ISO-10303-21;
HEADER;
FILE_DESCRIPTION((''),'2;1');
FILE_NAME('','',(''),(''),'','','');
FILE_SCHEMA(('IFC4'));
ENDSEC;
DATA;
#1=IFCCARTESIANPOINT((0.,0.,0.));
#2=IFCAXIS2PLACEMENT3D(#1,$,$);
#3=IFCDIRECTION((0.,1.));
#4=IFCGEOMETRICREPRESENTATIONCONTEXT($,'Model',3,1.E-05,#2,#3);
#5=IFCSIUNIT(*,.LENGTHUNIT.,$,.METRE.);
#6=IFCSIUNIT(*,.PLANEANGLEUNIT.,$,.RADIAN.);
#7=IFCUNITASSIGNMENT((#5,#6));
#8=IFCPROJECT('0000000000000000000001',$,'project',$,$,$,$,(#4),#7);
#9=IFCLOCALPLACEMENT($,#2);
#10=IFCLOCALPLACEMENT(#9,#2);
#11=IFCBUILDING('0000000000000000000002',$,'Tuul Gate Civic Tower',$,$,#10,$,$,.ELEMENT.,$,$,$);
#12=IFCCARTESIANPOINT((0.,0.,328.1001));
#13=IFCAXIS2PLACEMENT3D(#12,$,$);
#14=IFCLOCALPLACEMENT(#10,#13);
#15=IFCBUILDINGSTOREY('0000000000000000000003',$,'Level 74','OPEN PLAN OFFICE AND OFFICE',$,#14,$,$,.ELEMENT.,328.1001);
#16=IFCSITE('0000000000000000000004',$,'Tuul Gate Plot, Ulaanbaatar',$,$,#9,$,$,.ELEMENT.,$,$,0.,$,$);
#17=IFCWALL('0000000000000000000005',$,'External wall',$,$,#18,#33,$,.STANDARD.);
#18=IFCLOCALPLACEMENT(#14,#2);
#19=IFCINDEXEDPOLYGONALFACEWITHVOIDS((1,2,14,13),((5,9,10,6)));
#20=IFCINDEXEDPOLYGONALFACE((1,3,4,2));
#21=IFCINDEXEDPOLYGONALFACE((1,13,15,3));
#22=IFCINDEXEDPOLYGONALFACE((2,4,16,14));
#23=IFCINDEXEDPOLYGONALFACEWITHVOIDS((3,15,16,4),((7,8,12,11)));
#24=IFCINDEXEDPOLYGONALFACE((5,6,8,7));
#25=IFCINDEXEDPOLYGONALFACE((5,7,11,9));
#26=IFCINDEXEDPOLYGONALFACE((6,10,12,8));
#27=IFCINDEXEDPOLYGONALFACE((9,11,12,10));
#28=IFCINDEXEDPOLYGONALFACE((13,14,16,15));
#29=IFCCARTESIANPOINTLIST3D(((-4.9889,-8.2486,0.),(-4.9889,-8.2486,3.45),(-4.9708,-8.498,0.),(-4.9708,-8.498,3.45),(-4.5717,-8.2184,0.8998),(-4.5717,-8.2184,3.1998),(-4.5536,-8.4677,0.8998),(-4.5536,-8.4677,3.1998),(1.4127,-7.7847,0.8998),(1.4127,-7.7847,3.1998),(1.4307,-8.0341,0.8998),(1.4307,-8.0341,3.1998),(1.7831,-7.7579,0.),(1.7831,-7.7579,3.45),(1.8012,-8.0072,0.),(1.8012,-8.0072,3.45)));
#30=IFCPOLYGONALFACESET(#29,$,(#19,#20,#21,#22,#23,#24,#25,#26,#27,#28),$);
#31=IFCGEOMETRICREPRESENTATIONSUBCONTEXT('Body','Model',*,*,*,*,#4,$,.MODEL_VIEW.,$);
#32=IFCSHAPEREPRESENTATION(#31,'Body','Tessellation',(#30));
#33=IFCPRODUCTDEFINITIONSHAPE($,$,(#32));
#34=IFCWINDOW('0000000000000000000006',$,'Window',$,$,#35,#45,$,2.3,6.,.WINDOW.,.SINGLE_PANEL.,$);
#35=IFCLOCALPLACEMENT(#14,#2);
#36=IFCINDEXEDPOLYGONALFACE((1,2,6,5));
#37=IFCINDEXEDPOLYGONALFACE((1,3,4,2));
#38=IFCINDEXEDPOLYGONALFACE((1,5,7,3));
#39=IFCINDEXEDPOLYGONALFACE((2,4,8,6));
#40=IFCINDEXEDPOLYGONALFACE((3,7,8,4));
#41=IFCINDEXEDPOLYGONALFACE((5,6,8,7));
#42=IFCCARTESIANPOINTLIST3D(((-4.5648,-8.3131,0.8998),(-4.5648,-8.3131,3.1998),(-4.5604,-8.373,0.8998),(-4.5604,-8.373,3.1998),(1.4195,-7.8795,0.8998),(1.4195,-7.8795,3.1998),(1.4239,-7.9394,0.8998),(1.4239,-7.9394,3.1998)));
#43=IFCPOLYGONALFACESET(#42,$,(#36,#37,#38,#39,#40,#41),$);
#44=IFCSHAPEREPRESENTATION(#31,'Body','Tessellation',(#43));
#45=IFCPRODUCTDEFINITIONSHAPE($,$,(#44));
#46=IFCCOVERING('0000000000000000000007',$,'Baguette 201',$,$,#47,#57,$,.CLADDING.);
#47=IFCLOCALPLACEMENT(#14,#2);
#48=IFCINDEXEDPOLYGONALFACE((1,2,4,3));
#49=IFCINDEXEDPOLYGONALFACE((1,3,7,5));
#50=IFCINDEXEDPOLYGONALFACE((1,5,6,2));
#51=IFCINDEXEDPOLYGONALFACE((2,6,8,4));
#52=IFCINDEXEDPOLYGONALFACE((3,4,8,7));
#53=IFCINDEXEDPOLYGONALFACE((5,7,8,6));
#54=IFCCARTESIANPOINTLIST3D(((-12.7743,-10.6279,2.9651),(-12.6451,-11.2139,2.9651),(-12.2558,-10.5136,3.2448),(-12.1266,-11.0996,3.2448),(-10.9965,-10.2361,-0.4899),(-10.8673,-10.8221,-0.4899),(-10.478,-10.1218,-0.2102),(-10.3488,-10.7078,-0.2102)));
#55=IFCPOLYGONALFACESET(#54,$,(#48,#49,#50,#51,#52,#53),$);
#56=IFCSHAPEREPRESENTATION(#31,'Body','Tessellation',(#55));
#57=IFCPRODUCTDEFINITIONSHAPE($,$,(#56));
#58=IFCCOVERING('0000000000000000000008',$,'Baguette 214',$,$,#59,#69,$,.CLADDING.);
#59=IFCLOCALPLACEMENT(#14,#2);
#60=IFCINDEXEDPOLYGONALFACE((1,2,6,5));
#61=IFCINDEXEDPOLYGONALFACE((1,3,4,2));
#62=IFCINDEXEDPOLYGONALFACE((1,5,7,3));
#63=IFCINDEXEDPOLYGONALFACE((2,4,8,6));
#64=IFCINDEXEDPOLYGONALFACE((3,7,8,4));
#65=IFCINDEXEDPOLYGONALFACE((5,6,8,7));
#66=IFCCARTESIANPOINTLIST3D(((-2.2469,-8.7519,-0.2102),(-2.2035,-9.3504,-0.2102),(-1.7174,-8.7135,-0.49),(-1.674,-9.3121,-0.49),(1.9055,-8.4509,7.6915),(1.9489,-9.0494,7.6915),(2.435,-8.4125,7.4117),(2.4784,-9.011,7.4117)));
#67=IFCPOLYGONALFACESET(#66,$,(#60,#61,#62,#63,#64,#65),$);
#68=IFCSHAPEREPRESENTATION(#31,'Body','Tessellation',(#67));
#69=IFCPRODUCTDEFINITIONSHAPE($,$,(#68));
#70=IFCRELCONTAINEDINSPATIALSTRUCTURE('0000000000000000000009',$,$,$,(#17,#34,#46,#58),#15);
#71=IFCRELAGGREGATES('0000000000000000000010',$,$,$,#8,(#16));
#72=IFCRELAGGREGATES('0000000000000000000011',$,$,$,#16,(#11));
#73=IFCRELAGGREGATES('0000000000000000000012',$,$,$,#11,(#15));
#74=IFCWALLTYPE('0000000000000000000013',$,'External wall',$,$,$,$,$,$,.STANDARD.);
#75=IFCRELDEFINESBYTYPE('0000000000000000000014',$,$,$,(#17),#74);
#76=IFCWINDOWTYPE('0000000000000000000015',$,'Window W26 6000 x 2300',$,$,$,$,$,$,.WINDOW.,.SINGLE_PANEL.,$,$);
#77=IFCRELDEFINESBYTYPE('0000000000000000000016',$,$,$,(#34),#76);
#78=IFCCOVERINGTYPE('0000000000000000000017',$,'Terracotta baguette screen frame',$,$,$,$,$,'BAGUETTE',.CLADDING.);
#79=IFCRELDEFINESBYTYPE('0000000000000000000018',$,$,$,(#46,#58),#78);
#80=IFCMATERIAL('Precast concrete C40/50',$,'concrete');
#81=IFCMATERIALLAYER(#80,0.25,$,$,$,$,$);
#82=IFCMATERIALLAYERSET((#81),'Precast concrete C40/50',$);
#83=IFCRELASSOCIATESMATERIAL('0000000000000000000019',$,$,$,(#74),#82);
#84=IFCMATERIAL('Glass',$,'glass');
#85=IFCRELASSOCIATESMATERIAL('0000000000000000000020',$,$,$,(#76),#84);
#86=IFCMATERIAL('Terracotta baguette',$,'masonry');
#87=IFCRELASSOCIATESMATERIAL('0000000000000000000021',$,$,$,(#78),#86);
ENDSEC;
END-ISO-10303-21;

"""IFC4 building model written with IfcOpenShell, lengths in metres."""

from ifc_helpers import new_model, si_unit, direction, frame, frame_2d, origin, origin_2d, place, context, subcontext, project, spatial, rectangle, extrude, material, layer, layer_set, material_profile, profile_set, type_object, element, fill, save


model = new_model("IFC4")

# Units and contexts
model_context = context("Model", 3, precision=1e-05, world=origin(), true_north=direction((0.0, 1.0)))
body_context = subcontext(model_context, "Body", "Model", "MODEL_VIEW")
ifc_project = project(units=[si_unit("LENGTHUNIT", "METRE"), si_unit("PLANEANGLEUNIT", "RADIAN")], contexts=[model_context])

# Site, building, storey
site_placement = place(None, origin())
site = spatial("IfcSite", under=ifc_project, at=site_placement, Name="Tuul Gate Plot, Ulaanbaatar", CompositionType="ELEMENT", RefElevation=0.0)
building_placement = place(site_placement, origin())
building = spatial("IfcBuilding", under=site, at=building_placement, Name="Tuul Gate Civic Tower", CompositionType="ELEMENT")
storey_placement = place(building_placement, frame((0.0, 0.0, 328.1001)))
storey = spatial("IfcBuildingStorey", under=building, at=storey_placement, Name="Level 74", Description="OPEN PLAN OFFICE AND OFFICE", CompositionType="ELEMENT", Elevation=328.1001)

# Wall, opening, window
ifc_material_1 = material(Name="Precast concrete C40/50", Category="concrete")
ifc_layer_1 = layer(ifc_material_1, 0.25)
ifc_layer_set_1 = layer_set([ifc_layer_1], Name="Precast concrete C40/50")
wall_type_1 = type_object("IfcWallType", Name="External wall", PredefinedType="STANDARD", material=ifc_layer_set_1)
ifc_material_2 = material(Name="Glass", Category="glass")
window_type = type_object("IfcWindowType", Name="Window W26 6000 x 2300", PartitioningType="SINGLE_PANEL", PredefinedType="WINDOW", material=ifc_material_2)
wall_1_placement = place(storey_placement, frame((-4.98, -8.3733, 0.0), z_axis=(0.0, 0.0, 1.0), x_axis=(0.997385, 0.072274, 0.0)))
wall_1 = element("IfcWall", 1, at=wall_1_placement, inside=storey, type_object=wall_type_1, Name="External wall", PredefinedType="STANDARD", context=body_context, shape_type="SweptSolid", body=[
    extrude(rectangle(XDim=6.7898, YDim=0.25, at=frame_2d((3.395, 0.0))), origin(), (0.0, 0.0, 1.0), 3.45),
])
opening_1_placement = place(wall_1_placement, frame((0.4185, 0.0, 0.8999)))
opening_1 = element("IfcOpeningElement", 2, at=opening_1_placement, cuts=wall_1, PredefinedType="OPENING", context=body_context, shape_type="SweptSolid", body=[
    extrude(rectangle(XDim=6.0, YDim=2.3, at=frame_2d((3.0, 1.1499))), frame((0.0, 0.135, 0.0), z_axis=(0.0, -1.0, 0.0), x_axis=(1.0, 0.0, 0.0)), (0.0, 0.0, 1.0), 0.27),
])
window_1_placement = place(opening_1_placement, origin())
window_1 = element("IfcWindow", 3, at=window_1_placement, inside=storey, type_object=window_type, Name="Window", OverallHeight=2.3, OverallWidth=6.0, PartitioningType="SINGLE_PANEL", PredefinedType="WINDOW", context=body_context, shape_type="SweptSolid", body=[
    extrude(rectangle(XDim=6.0, YDim=2.3, at=frame_2d((3.0, 1.1499))), frame((0.0, 0.03, 0.0), z_axis=(0.0, -1.0, 0.0), x_axis=(1.0, 0.0, 0.0)), (0.0, 0.0, 1.0), 0.0601),
])
fill(opening_1, window_1)

# Coverings
ifc_material_3 = material(Name="Terracotta baguette", Category="masonry")
ifc_material_profile_1 = material_profile(ifc_material_3, rectangle(XDim=0.6001, YDim=0.6001, at=origin_2d()), Name="Terracotta baguette screen frame")
ifc_profile_set_1 = profile_set([ifc_material_profile_1], Name="Terracotta baguette")
covering_type = type_object("IfcCoveringType", Name="Terracotta baguette screen frame", ElementType="BAGUETTE", PredefinedType="CLADDING", material=ifc_profile_set_1)
covering_1_placement = place(storey_placement, frame((-12.4504, -10.8638, 3.105), z_axis=(0.455229, 0.100335, -0.884703), x_axis=(-0.21524, 0.976561, 0.0)))
element("IfcCovering", 4, at=covering_1_placement, inside=storey, type_object=covering_type, Name="Baguette 201", PredefinedType="CLADDING", context=body_context, shape_type="SweptSolid", body=[
    extrude(rectangle(XDim=0.6001, YDim=0.6001, at=origin_2d()), origin(), (0.0, 0.0, 1.0), 3.9053),
])
covering_2_placement = place(storey_placement, frame((-1.9604, -9.032, -0.3501), z_axis=(0.464921, 0.033705, 0.884711), x_axis=(-0.072306, 0.997383, 0.0)))
element("IfcCovering", 5, at=covering_2_placement, inside=storey, type_object=covering_type, Name="Baguette 214", PredefinedType="CLADDING", context=body_context, shape_type="SweptSolid", body=[
    extrude(rectangle(XDim=0.6001, YDim=0.6001, at=origin_2d()), origin(), (0.0, 0.0, 1.0), 8.9314),
])

save(model, "model.ifc")
